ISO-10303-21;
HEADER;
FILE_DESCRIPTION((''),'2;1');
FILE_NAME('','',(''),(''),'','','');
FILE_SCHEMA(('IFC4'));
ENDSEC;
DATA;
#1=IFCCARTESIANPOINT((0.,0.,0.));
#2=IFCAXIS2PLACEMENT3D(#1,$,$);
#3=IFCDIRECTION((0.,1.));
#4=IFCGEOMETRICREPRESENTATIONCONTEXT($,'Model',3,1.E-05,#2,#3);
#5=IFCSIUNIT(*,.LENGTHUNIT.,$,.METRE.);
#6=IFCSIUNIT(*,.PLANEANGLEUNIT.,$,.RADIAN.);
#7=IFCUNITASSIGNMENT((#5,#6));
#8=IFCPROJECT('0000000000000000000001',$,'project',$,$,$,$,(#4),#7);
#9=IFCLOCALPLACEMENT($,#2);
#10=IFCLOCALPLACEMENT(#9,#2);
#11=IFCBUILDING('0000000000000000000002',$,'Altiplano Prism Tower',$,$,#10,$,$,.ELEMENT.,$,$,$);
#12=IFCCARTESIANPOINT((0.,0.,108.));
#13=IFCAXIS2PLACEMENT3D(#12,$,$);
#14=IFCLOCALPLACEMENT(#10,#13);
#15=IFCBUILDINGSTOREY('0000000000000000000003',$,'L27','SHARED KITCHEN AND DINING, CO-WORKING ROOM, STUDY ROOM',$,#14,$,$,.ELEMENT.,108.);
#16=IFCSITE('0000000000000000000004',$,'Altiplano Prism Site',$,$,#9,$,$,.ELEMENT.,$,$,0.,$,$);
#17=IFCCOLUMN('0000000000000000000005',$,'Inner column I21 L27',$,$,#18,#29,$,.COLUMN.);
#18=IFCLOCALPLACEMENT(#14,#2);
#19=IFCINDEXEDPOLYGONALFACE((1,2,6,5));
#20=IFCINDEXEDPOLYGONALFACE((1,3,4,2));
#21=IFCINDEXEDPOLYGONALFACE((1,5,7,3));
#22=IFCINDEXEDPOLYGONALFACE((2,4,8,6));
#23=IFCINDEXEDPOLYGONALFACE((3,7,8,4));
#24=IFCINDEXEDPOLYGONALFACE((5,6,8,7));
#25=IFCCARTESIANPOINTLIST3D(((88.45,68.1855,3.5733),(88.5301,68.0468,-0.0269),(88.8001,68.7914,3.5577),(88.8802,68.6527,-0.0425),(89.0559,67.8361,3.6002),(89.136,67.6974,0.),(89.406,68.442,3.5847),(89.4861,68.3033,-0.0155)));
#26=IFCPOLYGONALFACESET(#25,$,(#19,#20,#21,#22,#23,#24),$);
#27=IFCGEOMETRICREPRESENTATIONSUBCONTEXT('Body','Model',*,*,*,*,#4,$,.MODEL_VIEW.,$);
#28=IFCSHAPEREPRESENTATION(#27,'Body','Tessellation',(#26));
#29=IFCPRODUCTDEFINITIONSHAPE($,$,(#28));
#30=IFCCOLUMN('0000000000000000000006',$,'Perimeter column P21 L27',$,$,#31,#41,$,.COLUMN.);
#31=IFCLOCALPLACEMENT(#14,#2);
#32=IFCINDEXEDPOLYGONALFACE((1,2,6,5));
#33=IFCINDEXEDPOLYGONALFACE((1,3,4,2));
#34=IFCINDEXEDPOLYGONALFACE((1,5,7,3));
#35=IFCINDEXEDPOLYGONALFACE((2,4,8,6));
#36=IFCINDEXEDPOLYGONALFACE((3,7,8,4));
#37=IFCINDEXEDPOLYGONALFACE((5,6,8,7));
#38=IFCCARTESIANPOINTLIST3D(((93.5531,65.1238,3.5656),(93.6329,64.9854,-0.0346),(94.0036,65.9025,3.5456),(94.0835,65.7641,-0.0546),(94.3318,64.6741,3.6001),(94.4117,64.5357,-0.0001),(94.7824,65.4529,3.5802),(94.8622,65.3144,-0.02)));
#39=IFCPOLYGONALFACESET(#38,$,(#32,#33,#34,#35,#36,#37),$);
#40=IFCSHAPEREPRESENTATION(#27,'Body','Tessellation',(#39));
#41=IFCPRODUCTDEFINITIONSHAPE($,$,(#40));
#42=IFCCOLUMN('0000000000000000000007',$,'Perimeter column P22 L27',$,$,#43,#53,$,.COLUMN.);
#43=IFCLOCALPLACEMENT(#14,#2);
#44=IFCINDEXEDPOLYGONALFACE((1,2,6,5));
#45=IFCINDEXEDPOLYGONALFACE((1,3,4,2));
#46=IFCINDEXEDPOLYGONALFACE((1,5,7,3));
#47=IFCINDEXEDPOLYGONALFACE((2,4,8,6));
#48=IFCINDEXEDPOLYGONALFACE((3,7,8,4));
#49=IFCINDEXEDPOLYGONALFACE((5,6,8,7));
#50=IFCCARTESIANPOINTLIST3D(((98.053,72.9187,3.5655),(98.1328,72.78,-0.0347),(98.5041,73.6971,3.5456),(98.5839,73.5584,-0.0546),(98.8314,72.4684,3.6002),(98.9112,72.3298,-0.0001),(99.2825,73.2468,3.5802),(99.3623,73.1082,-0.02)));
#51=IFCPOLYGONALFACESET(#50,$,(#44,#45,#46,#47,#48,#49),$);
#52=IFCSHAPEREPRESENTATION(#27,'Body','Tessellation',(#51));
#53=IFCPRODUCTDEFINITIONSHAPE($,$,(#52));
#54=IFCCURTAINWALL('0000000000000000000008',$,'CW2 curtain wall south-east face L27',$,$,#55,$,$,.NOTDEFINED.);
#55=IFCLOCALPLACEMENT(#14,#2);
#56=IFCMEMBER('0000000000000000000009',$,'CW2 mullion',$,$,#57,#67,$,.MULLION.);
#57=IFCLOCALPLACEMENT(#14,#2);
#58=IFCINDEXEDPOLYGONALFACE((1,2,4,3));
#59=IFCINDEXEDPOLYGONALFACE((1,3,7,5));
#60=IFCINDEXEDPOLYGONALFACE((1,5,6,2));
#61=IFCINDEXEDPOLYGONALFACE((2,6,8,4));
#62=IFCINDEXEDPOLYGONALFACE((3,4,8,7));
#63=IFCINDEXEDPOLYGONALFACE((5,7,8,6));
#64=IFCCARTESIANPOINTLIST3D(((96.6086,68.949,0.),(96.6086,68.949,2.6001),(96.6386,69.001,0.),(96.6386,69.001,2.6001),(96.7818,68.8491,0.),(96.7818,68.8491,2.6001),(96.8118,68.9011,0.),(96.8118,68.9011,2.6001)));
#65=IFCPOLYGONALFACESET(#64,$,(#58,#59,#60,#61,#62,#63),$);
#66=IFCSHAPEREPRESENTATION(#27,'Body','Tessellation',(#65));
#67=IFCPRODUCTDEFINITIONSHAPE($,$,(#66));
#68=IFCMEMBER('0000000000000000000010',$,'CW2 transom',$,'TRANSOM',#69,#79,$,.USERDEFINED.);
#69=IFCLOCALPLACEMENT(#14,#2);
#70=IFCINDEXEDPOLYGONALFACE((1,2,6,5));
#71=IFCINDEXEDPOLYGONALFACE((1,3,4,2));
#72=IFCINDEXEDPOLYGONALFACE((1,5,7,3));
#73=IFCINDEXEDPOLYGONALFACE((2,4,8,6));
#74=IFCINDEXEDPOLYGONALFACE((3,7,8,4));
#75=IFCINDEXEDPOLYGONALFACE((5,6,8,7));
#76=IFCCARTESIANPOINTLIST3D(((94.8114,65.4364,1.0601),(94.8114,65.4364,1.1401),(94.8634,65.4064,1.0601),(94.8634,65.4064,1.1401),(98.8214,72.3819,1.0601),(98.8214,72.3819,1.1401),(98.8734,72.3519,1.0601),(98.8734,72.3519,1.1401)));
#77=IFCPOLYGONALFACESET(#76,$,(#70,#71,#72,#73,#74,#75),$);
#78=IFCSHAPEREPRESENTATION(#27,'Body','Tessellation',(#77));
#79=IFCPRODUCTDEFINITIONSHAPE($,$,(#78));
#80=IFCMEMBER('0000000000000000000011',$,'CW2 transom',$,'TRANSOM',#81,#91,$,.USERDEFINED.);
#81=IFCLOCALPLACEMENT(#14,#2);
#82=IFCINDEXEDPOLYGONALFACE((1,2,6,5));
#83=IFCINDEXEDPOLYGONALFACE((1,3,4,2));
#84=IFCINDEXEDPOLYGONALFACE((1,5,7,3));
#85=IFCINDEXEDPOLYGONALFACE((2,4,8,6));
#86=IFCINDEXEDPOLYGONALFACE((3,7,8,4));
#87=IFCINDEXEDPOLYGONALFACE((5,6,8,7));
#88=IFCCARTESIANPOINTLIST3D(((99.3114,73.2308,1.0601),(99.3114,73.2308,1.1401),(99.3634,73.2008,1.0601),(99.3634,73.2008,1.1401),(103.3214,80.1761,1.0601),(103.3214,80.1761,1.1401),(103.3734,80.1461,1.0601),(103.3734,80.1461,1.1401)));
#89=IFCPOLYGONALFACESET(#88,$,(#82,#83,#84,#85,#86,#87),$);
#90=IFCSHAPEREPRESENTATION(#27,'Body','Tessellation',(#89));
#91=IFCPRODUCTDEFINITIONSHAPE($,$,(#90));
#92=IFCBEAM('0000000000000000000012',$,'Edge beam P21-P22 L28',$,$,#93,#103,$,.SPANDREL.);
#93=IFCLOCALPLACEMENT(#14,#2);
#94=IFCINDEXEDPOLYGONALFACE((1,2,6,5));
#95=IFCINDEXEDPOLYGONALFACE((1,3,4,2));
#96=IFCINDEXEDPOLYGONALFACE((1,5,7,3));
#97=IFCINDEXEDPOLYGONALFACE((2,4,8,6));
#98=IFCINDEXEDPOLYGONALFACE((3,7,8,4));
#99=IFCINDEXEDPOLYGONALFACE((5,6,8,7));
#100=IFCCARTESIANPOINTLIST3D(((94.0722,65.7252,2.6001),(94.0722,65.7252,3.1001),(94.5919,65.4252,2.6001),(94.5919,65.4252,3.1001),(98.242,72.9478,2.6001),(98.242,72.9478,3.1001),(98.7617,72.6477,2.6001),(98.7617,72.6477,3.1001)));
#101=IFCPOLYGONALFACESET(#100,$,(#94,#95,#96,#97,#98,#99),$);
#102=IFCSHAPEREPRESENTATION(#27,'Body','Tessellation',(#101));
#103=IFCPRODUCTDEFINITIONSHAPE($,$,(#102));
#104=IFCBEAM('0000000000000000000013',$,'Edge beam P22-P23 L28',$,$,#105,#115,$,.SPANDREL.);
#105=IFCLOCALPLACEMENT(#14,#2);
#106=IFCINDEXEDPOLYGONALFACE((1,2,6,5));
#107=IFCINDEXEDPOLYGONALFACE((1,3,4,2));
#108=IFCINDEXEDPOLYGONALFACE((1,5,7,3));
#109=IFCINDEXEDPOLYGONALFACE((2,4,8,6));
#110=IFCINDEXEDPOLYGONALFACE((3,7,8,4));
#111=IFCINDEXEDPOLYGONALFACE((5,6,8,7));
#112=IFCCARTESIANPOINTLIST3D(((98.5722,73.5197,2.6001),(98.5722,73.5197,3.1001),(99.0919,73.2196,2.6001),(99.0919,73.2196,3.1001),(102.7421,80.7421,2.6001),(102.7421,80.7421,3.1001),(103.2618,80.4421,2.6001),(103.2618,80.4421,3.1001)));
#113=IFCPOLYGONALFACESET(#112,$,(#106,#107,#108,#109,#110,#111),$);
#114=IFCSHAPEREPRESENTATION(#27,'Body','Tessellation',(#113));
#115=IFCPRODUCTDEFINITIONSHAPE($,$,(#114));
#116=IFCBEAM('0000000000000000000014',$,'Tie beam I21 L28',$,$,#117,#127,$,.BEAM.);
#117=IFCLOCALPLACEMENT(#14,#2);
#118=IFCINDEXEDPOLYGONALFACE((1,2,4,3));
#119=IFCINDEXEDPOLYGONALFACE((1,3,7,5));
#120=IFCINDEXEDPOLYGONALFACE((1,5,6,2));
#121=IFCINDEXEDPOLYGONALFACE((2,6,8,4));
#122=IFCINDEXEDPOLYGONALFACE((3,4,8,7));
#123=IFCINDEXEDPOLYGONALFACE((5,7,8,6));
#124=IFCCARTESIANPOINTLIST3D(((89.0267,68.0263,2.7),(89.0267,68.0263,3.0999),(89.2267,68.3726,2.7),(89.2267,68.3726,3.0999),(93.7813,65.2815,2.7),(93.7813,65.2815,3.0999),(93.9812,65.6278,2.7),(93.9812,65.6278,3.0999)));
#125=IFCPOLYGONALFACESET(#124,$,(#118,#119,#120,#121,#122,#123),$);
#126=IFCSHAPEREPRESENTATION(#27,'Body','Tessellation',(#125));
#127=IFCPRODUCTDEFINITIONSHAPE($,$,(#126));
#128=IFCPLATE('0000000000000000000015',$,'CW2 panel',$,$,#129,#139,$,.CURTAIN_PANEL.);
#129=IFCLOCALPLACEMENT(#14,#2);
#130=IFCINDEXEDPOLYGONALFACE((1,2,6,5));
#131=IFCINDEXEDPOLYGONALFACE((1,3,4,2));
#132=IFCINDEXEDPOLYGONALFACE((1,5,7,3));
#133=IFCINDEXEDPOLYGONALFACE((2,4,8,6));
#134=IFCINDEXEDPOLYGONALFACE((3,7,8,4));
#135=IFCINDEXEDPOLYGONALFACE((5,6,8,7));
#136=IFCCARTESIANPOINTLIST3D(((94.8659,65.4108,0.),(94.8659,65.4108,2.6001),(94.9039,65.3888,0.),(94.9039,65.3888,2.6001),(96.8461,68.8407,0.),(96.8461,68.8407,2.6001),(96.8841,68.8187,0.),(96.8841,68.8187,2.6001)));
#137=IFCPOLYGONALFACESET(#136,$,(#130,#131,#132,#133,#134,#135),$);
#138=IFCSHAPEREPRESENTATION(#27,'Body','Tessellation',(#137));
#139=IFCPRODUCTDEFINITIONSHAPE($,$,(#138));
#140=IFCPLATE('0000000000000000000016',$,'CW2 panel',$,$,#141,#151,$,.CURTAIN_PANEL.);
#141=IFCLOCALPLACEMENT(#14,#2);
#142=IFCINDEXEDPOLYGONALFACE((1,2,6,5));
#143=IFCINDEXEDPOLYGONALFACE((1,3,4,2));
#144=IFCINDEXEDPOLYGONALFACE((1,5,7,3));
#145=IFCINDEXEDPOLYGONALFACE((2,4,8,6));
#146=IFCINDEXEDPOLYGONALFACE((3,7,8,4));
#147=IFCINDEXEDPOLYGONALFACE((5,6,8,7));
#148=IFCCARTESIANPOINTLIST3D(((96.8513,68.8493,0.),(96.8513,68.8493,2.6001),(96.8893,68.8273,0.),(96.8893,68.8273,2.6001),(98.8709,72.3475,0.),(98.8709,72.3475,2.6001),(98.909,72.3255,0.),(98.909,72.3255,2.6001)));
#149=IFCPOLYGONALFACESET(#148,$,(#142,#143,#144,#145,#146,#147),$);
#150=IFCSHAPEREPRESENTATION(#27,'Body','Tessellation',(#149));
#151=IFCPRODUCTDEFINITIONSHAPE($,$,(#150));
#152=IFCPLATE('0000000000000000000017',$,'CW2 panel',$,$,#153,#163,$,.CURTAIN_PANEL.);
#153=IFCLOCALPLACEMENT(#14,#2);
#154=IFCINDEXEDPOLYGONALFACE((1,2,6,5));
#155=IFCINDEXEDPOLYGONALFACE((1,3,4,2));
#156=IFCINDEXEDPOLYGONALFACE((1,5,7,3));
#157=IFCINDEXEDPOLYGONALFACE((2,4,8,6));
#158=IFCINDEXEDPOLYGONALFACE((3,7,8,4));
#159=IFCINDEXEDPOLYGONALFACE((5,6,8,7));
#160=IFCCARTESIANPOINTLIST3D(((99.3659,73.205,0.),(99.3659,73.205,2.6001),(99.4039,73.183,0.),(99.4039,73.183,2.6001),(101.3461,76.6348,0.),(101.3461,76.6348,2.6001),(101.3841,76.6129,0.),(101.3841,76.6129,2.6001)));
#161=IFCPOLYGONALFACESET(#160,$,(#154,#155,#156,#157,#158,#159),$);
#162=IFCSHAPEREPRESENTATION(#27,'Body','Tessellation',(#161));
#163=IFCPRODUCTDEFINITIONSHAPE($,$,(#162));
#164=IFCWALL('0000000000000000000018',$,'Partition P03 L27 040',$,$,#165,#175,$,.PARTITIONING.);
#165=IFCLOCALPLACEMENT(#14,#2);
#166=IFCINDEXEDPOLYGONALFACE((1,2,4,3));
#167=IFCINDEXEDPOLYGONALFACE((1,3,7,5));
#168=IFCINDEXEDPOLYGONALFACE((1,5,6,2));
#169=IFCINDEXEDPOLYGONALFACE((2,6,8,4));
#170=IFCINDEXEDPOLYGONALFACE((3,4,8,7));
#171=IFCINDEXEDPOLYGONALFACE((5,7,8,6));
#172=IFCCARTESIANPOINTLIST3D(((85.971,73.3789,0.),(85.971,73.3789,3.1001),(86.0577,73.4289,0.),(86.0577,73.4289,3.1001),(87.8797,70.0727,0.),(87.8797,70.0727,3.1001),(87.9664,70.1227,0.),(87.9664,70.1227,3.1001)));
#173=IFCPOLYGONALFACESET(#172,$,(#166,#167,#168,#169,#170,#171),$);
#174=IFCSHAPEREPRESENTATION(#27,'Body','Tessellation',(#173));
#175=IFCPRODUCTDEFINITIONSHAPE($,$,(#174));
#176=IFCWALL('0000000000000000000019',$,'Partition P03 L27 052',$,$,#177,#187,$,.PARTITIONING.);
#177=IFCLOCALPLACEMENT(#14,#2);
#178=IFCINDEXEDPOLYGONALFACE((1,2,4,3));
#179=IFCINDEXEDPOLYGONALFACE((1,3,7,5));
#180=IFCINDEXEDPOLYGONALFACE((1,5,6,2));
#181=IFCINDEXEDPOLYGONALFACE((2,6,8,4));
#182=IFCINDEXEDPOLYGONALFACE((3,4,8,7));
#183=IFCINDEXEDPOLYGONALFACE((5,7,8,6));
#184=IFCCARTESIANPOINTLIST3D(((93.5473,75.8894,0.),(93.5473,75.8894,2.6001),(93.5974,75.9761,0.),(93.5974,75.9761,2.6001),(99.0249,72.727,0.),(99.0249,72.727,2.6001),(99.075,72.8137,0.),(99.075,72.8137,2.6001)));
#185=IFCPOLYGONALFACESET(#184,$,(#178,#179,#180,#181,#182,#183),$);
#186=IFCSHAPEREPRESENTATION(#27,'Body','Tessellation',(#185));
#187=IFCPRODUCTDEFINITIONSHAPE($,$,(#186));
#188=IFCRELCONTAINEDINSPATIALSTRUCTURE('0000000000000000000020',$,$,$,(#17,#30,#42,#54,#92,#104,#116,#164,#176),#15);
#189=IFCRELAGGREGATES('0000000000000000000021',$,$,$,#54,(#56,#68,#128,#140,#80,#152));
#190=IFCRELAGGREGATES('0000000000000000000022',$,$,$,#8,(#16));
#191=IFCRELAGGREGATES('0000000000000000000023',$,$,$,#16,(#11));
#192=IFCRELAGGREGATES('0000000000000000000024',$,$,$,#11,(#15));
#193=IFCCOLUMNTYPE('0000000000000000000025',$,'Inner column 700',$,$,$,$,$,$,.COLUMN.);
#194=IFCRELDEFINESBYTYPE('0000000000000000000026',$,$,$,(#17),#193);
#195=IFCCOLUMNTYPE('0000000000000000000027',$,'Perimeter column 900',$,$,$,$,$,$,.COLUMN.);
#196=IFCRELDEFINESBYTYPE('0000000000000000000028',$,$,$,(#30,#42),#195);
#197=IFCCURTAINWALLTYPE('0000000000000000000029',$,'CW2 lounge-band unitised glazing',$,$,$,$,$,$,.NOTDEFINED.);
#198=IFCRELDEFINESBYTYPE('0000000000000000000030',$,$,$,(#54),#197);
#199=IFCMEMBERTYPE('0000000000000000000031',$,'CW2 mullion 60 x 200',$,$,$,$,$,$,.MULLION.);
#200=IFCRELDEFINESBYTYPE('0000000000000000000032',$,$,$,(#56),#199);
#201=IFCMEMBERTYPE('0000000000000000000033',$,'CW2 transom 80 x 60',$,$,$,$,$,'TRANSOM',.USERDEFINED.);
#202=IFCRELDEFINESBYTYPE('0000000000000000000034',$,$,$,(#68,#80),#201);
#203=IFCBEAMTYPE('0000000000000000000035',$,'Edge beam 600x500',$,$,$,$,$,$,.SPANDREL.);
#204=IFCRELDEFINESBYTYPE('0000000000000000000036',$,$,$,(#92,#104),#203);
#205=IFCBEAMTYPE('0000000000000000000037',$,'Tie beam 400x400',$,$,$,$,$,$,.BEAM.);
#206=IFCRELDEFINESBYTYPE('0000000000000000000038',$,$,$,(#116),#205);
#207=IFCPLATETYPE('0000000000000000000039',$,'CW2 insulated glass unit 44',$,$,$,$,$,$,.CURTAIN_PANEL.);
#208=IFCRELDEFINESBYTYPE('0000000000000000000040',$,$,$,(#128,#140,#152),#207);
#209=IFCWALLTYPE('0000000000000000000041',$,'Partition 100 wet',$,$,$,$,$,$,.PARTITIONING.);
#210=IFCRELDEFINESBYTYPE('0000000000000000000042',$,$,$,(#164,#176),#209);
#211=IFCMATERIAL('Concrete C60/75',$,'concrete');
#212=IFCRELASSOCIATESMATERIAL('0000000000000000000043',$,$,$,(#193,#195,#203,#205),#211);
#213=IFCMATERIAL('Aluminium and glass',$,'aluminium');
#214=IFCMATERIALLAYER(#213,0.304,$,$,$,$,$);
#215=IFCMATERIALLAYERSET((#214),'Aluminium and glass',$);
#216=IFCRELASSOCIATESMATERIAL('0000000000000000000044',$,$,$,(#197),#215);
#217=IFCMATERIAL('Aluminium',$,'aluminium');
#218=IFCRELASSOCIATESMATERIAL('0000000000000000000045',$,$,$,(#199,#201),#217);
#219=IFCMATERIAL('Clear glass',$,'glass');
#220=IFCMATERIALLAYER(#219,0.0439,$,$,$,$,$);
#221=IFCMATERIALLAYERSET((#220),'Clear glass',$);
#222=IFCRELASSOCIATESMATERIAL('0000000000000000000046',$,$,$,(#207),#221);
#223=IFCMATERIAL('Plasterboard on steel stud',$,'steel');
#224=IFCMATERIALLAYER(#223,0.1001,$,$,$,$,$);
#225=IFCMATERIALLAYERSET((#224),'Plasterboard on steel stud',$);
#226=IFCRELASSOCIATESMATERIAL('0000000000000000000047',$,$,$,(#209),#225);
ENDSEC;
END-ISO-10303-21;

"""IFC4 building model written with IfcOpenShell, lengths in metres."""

from ifc_helpers import new_model, si_unit, direction, frame, frame_2d, origin, origin_2d, place, context, subcontext, project, spatial, rectangle, extrude, material, layer, layer_set, material_profile, profile_set, type_object, element, aggregate, save


model = new_model("IFC4")

# Units and contexts
model_context = context("Model", 3, precision=1e-05, world=origin(), true_north=direction((0.0, 1.0)))
body_context = subcontext(model_context, "Body", "Model", "MODEL_VIEW")
ifc_project = project(units=[si_unit("LENGTHUNIT", "METRE"), si_unit("PLANEANGLEUNIT", "RADIAN")], contexts=[model_context])

# Site, building, storey
site_placement = place(None, origin())
site = spatial("IfcSite", under=ifc_project, at=site_placement, Name="Altiplano Prism Site", CompositionType="ELEMENT", RefElevation=0.0)
building_placement = place(site_placement, origin())
building = spatial("IfcBuilding", under=site, at=building_placement, Name="Altiplano Prism Tower", CompositionType="ELEMENT")
storey_placement = place(building_placement, frame((0.0, 0.0, 108.0)))
storey = spatial("IfcBuildingStorey", under=building, at=storey_placement, Name="L27", Description="SHARED KITCHEN AND DINING, CO-WORKING ROOM, STUDY ROOM", CompositionType="ELEMENT", Elevation=108.0)

# Columns
ifc_material_1 = material(Name="Concrete C60/75", Category="concrete")
ifc_material_profile_1 = material_profile(ifc_material_1, rectangle(XDim=0.7, YDim=0.7, at=origin_2d()), Name="Inner column 700")
ifc_profile_set_1 = profile_set([ifc_material_profile_1], Name="Concrete C60/75")
column_type_1 = type_object("IfcColumnType", Name="Inner column 700", PredefinedType="COLUMN", material=ifc_profile_set_1)
column_placement = place(storey_placement, frame((89.0081, 68.175, -0.0212), z_axis=(-0.022221, 0.038481, 0.999012), x_axis=(-0.500175, -0.865639, 0.022218)))
element("IfcColumn", 1, at=column_placement, inside=storey, type_object=column_type_1, Name="Inner column I21 L27", PredefinedType="COLUMN", context=body_context, shape_type="SweptSolid", body=[
    extrude(rectangle(XDim=0.7, YDim=0.7, at=origin_2d()), origin(), (0.0, 0.0, 1.0), 3.6038),
])
ifc_material_profile_2 = material_profile(ifc_material_1, rectangle(XDim=0.8999, YDim=0.8999, at=origin_2d()), Name="Perimeter column 900")
ifc_profile_set_2 = profile_set([ifc_material_profile_2], Name="Concrete C60/75")
column_type_2 = type_object("IfcColumnType", Name="Perimeter column 900", PredefinedType="COLUMN", material=ifc_profile_set_2)
for number, where, z_axis, x_axis, name in (
    (2, (94.2476, 65.1499, -0.0273), (-0.022154, 0.038413, 0.999016), (-0.500657, -0.865362, 0.022172), "Perimeter column P21 L27"),
    (3, (98.7476, 72.9441, -0.0273), (-0.022154, 0.038481, 0.999014), (-0.501318, -0.864979, 0.022201), "Perimeter column P22 L27"),
):
    element("IfcColumn", number, at=place(storey_placement, frame(where, z_axis=z_axis, x_axis=x_axis)), inside=storey, type_object=column_type_2, Name=name, PredefinedType="COLUMN", context=body_context, shape_type="SweptSolid", body=[
        extrude(rectangle(XDim=0.8999, YDim=0.8999, at=origin_2d()), origin(), (0.0, 0.0, 1.0), 3.6038),
    ])

# Curtain wall, members
ifc_material_2 = material(Name="Aluminium and glass", Category="aluminium")
ifc_layer_1 = layer(ifc_material_2, 0.304)
ifc_layer_set_1 = layer_set([ifc_layer_1], Name="Aluminium and glass")
curtain_wall_type = type_object("IfcCurtainWallType", Name="CW2 lounge-band unitised glazing", PredefinedType="NOTDEFINED", material=ifc_layer_set_1)
curtain_wall_placement = place(storey_placement, origin())
curtain_wall = element("IfcCurtainWall", 4, at=curtain_wall_placement, inside=storey, type_object=curtain_wall_type, Name="CW2 curtain wall south-east face L27", PredefinedType="NOTDEFINED")
ifc_material_3 = material(Name="Aluminium", Category="aluminium")
ifc_material_profile_3 = material_profile(ifc_material_3, rectangle(XDim=0.2, YDim=0.0601, at=origin_2d()), Name="CW2 mullion 60 x 200")
ifc_profile_set_3 = profile_set([ifc_material_profile_3], Name="Aluminium")
member_type_1 = type_object("IfcMemberType", Name="CW2 mullion 60 x 200", PredefinedType="MULLION", material=ifc_profile_set_3)
member_1_placement = place(storey_placement, frame((96.7102, 68.925, 0.0), z_axis=(0.0, 0.0, 1.0), x_axis=(-0.866025, 0.5, 0.0)))
member_1 = element("IfcMember", 5, at=member_1_placement, type_object=member_type_1, Name="CW2 mullion", PredefinedType="MULLION", context=body_context, shape_type="SweptSolid", body=[
    extrude(rectangle(XDim=0.2, YDim=0.0601, at=origin_2d()), origin(), (0.0, 0.0, 1.0), 2.6001),
])
ifc_material_profile_4 = material_profile(ifc_material_3, rectangle(XDim=0.0601, YDim=0.0801, at=origin_2d()), Name="CW2 transom 80 x 60")
ifc_profile_set_4 = profile_set([ifc_material_profile_4], Name="Aluminium")
member_type_2 = type_object("IfcMemberType", Name="CW2 transom 80 x 60", ElementType="TRANSOM", PredefinedType="USERDEFINED", material=ifc_profile_set_4)
member_2_placement = place(storey_placement, frame((94.8374, 65.4214, 1.1001), z_axis=(0.499999, 0.866026, 0.0), x_axis=(-0.866026, 0.499999, 0.0)))
member_2 = element("IfcMember", 6, at=member_2_placement, type_object=member_type_2, Name="CW2 transom", ObjectType="TRANSOM", PredefinedType="USERDEFINED", context=body_context, shape_type="SweptSolid", body=[
    extrude(rectangle(XDim=0.0601, YDim=0.0801, at=origin_2d()), origin(), (0.0, 0.0, 1.0), 8.02),
])
member_3_placement = place(storey_placement, frame((99.3374, 73.2158, 1.1001), z_axis=(0.500012, 0.866018, 0.0), x_axis=(-0.866018, 0.500012, 0.0)))
member_3 = element("IfcMember", 7, at=member_3_placement, type_object=member_type_2, Name="CW2 transom", ObjectType="TRANSOM", PredefinedType="USERDEFINED", context=body_context, shape_type="SweptSolid", body=[
    extrude(rectangle(XDim=0.0601, YDim=0.0801, at=origin_2d()), origin(), (0.0, 0.0, 1.0), 8.0198),
])

# Beams
ifc_material_profile_5 = material_profile(ifc_material_1, rectangle(XDim=0.6001, YDim=0.5, at=origin_2d()), Name="Edge beam 600x500")
ifc_profile_set_5 = profile_set([ifc_material_profile_5], Name="Concrete C60/75")
beam_type_1 = type_object("IfcBeamType", Name="Edge beam 600x500", PredefinedType="SPANDREL", material=ifc_profile_set_5)
for number, where, z_axis, x_axis, name in (
    (8, (94.332, 65.5752, 2.8501), (0.499993, 0.86603, 0.0), (-0.86603, 0.499993, 0.0), "Edge beam P21-P22 L28"),
    (9, (98.832, 73.3696, 2.8501), (0.500005, 0.866022, 0.0), (-0.866022, 0.500005, 0.0), "Edge beam P22-P23 L28"),
):
    element("IfcBeam", number, at=place(storey_placement, frame(where, z_axis=z_axis, x_axis=x_axis)), inside=storey, type_object=beam_type_1, Name=name, PredefinedType="SPANDREL", context=body_context, shape_type="SweptSolid", body=[
        extrude(rectangle(XDim=0.6001, YDim=0.5, at=origin_2d()), origin(), (0.0, 0.0, 1.0), 8.3398),
    ])
ifc_material_profile_6 = material_profile(ifc_material_1, rectangle(XDim=0.3999, YDim=0.3999, at=origin_2d()), Name="Tie beam 400x400")
ifc_profile_set_6 = profile_set([ifc_material_profile_6], Name="Concrete C60/75")
beam_type_2 = type_object("IfcBeamType", Name="Tie beam 400x400", PredefinedType="BEAM", material=ifc_profile_set_6)
beam_placement = place(storey_placement, frame((89.1267, 68.1995, 2.8999), z_axis=(0.866043, -0.49997, 0.0), x_axis=(0.49997, 0.866043, 0.0)))
element("IfcBeam", 10, at=beam_placement, inside=storey, type_object=beam_type_2, Name="Tie beam I21 L28", PredefinedType="BEAM", context=body_context, shape_type="SweptSolid", body=[
    extrude(rectangle(XDim=0.3999, YDim=0.3999, at=origin_2d()), origin(), (0.0, 0.0, 1.0), 5.49),
])

# Plates
ifc_material_4 = material(Name="Clear glass", Category="glass")
ifc_layer_2 = layer(ifc_material_4, 0.0439)
ifc_layer_set_2 = layer_set([ifc_layer_2], Name="Clear glass")
plate_type = type_object("IfcPlateType", Name="CW2 insulated glass unit 44", PredefinedType="CURTAIN_PANEL", material=ifc_layer_set_2)
plate_1_placement = place(storey_placement, frame((95.875, 67.1147, 0.0), z_axis=(0.0, 0.0, 1.0), x_axis=(0.5, 0.866025, 0.0)))
plate_1 = element("IfcPlate", 11, at=plate_1_placement, type_object=plate_type, Name="CW2 panel", PredefinedType="CURTAIN_PANEL", context=body_context, shape_type="SweptSolid", body=[
    extrude(rectangle(XDim=3.9604, YDim=0.0439, at=origin_2d()), origin(), (0.0, 0.0, 1.0), 2.6001),
])
plate_2_placement = place(storey_placement, frame((97.8801, 70.5874, 0.0), z_axis=(0.0, 0.0, 1.0), x_axis=(0.5, 0.866025, 0.0)))
plate_2 = element("IfcPlate", 12, at=plate_2_placement, type_object=plate_type, Name="CW2 panel", PredefinedType="CURTAIN_PANEL", context=body_context, shape_type="SweptSolid", body=[
    extrude(rectangle(XDim=4.0393, YDim=0.0439, at=origin_2d()), origin(), (0.0, 0.0, 1.0), 2.6001),
])
plate_3_placement = place(storey_placement, frame((100.375, 74.9089, 0.0), z_axis=(0.0, 0.0, 1.0), x_axis=(0.5, 0.866025, 0.0)))
plate_3 = element("IfcPlate", 13, at=plate_3_placement, type_object=plate_type, Name="CW2 panel", PredefinedType="CURTAIN_PANEL", context=body_context, shape_type="SweptSolid", body=[
    extrude(rectangle(XDim=3.9604, YDim=0.0439, at=origin_2d()), origin(), (0.0, 0.0, 1.0), 2.6001),
])
aggregate(curtain_wall, [member_1, member_2, plate_1, plate_2, member_3, plate_3])

# Walls
ifc_material_5 = material(Name="Plasterboard on steel stud", Category="steel")
ifc_layer_3 = layer(ifc_material_5, 0.1001)
ifc_layer_set_3 = layer_set([ifc_layer_3], Name="Plasterboard on steel stud")
wall_type_1 = type_object("IfcWallType", Name="Partition 100 wet", PredefinedType="PARTITIONING", material=ifc_layer_set_3)
wall_1_placement = place(storey_placement, frame((86.0144, 73.4038, 0.0), z_axis=(0.0, 0.0, 1.0), x_axis=(0.499977, -0.866039, 0.0)))
element("IfcWall", 14, at=wall_1_placement, inside=storey, type_object=wall_type_1, Name="Partition P03 L27 040", PredefinedType="PARTITIONING", context=body_context, shape_type="SweptSolid", body=[
    extrude(rectangle(XDim=3.8176, YDim=0.1001, at=frame_2d((1.9087, 0.0))), origin(), (0.0, 0.0, 1.0), 3.1001),
])
wall_2_placement = place(storey_placement, frame((99.05, 72.7703, 0.0), z_axis=(0.0, 0.0, 1.0), x_axis=(-0.866033, 0.499988, 0.0)))
element("IfcWall", 15, at=wall_2_placement, inside=storey, type_object=wall_type_1, Name="Partition P03 L27 052", PredefinedType="PARTITIONING", context=body_context, shape_type="SweptSolid", body=[
    extrude(rectangle(XDim=6.325, YDim=0.1001, at=frame_2d((3.1626, 0.0))), origin(), (0.0, 0.0, 1.0), 2.6001),
])

save(model, "model.ifc")
